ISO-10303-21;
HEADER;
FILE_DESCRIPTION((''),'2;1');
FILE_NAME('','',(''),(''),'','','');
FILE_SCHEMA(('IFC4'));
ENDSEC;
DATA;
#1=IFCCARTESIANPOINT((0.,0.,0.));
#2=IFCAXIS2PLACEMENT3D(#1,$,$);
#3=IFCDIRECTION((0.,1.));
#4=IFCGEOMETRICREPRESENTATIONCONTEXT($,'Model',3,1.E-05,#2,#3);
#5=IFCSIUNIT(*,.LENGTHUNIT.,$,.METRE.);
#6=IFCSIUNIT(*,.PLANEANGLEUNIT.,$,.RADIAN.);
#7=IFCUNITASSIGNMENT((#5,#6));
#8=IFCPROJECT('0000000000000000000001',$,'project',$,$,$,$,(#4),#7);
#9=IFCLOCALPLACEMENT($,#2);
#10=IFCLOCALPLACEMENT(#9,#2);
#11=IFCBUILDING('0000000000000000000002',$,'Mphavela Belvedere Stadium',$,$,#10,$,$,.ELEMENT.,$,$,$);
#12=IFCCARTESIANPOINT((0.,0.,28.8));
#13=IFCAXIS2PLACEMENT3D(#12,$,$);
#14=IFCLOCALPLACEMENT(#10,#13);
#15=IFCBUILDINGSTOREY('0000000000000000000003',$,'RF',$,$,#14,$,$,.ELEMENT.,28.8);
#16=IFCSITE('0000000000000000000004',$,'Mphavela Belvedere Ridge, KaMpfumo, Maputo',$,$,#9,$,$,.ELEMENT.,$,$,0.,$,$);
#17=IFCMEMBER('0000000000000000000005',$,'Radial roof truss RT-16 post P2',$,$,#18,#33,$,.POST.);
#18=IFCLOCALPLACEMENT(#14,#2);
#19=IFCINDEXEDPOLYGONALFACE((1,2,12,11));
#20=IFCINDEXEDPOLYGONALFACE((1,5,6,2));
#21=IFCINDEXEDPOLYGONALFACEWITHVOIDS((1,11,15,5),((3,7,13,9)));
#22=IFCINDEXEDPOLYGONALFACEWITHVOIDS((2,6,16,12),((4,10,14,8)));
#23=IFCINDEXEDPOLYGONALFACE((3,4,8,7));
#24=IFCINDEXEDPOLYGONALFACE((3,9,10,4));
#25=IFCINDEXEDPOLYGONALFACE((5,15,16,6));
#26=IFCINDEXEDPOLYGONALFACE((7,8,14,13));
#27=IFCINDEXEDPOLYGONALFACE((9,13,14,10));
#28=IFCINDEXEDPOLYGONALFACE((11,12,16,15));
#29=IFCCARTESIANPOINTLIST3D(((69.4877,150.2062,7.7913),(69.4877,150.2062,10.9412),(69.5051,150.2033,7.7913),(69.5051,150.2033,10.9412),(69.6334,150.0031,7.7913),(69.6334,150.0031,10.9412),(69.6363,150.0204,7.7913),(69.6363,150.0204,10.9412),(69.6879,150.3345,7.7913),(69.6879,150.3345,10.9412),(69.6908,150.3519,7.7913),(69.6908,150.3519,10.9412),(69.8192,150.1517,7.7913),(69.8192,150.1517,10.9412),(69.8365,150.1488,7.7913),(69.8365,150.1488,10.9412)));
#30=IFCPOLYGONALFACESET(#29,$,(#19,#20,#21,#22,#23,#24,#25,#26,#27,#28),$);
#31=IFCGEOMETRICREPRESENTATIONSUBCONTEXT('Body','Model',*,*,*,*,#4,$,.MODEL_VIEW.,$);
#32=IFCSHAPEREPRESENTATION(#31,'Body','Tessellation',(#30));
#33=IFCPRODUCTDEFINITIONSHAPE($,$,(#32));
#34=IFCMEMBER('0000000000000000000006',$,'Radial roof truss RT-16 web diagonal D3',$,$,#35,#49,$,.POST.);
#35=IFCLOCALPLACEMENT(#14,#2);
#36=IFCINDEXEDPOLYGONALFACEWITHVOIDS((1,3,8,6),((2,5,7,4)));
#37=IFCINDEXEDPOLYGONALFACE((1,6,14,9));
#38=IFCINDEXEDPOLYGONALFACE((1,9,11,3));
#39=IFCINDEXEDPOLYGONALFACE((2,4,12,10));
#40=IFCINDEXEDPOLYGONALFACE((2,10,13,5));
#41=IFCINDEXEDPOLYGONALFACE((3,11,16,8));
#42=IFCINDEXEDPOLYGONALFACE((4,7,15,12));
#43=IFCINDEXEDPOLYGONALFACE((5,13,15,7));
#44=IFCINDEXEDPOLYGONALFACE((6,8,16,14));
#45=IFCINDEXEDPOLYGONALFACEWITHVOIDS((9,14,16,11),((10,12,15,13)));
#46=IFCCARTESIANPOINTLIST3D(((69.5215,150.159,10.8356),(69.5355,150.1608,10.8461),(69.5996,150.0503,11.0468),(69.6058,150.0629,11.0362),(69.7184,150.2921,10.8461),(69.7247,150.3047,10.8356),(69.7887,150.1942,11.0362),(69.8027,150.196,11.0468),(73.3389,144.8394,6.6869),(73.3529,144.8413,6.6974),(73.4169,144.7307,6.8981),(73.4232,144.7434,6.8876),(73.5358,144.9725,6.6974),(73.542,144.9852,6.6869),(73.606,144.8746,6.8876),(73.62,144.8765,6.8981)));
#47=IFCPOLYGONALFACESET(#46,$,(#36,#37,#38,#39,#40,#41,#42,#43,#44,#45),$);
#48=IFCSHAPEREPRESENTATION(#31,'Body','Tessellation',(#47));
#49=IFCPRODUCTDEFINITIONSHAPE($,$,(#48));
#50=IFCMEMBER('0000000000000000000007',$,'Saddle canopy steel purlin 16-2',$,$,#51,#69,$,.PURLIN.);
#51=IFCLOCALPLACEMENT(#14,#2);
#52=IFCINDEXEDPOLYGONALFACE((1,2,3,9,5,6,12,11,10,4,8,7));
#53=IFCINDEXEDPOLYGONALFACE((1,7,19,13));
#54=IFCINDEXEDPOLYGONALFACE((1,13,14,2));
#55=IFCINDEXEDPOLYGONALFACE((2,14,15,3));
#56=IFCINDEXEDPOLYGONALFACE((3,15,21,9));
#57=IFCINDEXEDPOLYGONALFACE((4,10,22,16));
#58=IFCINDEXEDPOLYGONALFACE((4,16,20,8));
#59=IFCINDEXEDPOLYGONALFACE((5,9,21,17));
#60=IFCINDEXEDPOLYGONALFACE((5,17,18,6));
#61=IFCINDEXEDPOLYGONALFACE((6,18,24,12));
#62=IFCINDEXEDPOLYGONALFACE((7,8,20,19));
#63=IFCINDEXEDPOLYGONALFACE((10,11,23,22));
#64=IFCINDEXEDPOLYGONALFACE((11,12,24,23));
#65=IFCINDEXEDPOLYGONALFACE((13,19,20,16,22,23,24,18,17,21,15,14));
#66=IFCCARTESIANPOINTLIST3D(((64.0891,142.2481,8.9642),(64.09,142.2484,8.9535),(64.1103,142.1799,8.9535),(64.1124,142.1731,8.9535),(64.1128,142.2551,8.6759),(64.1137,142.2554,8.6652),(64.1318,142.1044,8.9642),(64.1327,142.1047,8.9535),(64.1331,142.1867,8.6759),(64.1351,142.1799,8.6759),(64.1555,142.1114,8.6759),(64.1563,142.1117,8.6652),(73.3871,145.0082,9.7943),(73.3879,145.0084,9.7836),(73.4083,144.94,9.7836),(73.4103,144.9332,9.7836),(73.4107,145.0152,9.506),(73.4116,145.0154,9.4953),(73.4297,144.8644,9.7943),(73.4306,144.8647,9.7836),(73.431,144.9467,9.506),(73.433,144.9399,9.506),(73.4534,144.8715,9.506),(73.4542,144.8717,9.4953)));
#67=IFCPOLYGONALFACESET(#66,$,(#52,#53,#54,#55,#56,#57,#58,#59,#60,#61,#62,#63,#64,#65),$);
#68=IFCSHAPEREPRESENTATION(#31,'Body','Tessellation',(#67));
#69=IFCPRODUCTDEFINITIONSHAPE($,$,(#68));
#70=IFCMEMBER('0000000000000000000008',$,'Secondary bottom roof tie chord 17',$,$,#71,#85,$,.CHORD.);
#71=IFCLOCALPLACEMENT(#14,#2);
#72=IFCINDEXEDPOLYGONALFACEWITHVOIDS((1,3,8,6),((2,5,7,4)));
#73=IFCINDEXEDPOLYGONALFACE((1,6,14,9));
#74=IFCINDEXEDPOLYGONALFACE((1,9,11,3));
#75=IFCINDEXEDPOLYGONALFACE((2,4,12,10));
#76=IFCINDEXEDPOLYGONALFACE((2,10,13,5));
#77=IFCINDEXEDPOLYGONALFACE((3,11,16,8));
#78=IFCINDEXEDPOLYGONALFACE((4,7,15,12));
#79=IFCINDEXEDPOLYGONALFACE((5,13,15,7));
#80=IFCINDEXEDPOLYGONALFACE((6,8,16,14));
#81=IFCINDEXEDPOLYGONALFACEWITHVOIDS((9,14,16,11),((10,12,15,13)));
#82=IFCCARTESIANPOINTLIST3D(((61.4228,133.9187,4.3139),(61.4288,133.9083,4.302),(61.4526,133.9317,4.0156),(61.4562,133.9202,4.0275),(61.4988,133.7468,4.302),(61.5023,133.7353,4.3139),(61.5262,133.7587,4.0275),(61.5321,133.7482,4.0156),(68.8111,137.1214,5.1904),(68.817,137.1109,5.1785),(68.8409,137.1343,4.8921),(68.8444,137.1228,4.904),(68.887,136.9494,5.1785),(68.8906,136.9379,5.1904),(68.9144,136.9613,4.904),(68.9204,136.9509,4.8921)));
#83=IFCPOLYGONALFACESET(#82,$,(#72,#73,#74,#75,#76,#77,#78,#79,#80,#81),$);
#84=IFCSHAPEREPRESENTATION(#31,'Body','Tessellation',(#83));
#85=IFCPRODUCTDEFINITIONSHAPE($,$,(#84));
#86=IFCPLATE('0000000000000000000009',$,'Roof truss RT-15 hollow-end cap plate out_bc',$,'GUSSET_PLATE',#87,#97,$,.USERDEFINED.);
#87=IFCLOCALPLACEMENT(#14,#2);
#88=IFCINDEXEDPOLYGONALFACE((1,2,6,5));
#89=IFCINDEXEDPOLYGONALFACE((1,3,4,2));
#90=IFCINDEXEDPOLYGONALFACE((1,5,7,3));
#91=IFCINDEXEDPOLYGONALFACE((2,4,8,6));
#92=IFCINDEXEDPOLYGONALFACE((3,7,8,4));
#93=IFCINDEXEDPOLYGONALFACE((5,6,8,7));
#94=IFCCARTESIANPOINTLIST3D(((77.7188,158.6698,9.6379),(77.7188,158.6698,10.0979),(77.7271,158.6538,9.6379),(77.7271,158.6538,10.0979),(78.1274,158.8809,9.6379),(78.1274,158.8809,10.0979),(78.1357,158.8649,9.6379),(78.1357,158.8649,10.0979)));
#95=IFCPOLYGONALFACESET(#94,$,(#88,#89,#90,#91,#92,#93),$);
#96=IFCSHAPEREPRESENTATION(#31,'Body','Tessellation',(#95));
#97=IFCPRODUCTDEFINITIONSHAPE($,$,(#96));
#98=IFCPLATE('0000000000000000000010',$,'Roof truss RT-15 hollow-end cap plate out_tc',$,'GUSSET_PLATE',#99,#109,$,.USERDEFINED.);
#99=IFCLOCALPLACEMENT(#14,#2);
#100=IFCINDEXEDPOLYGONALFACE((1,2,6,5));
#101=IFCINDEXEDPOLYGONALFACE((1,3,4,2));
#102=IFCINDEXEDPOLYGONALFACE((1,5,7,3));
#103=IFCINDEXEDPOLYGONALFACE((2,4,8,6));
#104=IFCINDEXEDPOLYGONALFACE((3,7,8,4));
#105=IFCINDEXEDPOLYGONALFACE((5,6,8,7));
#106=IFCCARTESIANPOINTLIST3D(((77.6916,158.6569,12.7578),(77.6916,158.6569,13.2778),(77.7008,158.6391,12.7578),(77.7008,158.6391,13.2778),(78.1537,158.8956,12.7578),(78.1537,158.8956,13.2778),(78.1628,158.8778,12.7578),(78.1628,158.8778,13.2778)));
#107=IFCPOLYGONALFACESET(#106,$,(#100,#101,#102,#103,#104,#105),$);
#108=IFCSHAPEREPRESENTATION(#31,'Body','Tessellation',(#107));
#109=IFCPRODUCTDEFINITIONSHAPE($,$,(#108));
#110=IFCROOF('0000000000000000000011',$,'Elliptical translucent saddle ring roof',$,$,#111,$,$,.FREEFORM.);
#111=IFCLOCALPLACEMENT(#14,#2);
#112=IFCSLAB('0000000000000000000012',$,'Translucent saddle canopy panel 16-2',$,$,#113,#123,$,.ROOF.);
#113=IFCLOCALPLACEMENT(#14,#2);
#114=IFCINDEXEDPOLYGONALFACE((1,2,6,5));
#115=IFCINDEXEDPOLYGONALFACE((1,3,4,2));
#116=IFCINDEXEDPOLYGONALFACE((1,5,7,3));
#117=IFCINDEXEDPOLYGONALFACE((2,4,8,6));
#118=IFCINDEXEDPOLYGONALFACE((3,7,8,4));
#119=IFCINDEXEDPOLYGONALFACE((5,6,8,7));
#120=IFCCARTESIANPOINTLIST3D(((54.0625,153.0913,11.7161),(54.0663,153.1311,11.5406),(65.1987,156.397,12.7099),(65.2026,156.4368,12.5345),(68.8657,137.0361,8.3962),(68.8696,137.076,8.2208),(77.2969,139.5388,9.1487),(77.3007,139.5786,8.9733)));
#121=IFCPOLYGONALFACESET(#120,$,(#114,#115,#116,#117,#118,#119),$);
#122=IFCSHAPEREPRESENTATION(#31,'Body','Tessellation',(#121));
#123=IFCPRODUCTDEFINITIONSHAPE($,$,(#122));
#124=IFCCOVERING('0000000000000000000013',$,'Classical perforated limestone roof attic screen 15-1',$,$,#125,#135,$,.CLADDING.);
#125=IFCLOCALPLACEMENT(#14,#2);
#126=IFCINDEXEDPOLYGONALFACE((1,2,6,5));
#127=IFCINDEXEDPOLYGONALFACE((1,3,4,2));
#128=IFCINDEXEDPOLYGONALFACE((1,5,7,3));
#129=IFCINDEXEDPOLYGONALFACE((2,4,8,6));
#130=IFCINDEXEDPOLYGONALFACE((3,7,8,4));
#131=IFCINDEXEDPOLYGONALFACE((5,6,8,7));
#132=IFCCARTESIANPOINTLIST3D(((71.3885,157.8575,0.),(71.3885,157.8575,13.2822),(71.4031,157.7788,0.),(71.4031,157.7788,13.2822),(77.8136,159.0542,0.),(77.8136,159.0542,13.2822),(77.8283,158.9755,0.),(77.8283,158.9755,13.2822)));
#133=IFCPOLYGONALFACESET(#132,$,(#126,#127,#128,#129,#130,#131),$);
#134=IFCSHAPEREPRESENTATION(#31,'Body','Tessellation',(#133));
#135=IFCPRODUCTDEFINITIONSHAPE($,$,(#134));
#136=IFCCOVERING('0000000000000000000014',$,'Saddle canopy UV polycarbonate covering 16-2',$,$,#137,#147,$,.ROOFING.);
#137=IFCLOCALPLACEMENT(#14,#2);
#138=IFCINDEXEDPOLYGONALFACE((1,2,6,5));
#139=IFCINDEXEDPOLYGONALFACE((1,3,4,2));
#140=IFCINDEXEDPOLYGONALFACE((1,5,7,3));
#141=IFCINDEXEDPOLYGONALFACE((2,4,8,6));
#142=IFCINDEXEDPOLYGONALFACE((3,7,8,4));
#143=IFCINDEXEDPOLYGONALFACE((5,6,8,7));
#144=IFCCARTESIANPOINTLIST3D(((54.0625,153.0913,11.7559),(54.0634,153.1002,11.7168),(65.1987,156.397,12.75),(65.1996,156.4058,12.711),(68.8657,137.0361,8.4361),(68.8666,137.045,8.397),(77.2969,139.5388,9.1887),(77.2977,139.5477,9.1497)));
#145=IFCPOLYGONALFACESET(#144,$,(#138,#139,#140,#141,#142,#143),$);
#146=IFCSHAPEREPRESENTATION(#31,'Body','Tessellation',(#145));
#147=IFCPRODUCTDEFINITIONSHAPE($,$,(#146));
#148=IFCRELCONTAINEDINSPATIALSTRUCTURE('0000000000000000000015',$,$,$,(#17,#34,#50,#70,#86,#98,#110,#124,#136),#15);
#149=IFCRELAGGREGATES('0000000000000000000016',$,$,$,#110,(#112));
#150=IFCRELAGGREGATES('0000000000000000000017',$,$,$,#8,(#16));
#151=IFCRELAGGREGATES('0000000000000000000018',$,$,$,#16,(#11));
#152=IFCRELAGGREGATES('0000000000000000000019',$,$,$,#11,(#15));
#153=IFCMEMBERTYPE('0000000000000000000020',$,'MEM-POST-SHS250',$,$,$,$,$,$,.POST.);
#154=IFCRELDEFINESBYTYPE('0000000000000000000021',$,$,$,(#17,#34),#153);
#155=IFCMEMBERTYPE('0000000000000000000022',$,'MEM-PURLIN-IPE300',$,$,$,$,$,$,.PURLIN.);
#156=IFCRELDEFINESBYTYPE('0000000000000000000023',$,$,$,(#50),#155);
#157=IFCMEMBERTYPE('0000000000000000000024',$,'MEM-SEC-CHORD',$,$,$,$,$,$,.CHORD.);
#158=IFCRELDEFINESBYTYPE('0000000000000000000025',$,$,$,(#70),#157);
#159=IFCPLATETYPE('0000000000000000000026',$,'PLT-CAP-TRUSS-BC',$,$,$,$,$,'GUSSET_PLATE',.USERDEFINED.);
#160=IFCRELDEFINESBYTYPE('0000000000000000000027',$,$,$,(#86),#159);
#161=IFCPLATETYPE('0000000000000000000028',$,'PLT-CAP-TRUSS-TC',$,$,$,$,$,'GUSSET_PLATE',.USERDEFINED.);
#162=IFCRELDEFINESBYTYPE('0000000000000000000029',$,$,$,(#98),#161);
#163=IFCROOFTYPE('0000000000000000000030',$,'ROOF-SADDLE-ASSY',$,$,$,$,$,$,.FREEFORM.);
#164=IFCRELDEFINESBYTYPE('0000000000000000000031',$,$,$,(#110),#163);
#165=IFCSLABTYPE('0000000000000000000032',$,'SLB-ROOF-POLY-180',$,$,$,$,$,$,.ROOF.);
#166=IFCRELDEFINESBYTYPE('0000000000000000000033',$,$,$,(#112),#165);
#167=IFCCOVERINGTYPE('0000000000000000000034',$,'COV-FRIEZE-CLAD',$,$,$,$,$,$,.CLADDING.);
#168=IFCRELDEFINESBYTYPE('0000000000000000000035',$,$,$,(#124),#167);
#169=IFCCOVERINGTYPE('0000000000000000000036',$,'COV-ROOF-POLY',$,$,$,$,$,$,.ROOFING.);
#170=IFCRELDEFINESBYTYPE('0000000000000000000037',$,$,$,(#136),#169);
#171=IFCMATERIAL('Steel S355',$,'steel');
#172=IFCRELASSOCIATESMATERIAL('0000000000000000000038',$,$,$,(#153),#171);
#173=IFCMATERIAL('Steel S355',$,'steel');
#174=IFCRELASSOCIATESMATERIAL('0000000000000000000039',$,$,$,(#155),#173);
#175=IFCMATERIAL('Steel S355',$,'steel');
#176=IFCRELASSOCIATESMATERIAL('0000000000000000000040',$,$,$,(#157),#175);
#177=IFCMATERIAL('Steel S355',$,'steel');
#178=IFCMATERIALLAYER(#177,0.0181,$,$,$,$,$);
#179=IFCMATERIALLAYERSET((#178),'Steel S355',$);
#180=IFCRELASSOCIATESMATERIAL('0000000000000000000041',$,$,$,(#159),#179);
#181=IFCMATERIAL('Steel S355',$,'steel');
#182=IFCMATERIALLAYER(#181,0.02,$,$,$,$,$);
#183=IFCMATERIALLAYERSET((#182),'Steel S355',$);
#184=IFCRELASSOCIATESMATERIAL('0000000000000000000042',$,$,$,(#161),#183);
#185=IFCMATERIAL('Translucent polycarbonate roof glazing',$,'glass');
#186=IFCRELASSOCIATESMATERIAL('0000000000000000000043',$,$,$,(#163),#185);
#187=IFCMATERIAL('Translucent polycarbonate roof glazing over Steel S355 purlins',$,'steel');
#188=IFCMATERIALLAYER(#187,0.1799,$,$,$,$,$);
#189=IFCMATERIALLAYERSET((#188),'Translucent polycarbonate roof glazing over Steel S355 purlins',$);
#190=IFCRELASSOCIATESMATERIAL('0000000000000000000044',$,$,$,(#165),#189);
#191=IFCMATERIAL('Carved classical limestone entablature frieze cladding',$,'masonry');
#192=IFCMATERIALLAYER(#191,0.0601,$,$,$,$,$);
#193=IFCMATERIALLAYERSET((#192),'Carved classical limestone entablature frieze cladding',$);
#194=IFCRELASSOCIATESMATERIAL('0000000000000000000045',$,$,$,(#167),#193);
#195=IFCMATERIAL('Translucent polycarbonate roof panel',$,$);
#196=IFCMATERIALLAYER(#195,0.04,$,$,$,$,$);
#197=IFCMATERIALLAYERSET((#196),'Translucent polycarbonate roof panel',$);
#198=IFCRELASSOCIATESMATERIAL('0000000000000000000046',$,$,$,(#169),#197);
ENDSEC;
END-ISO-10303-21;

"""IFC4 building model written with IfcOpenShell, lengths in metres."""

from ifc_helpers import new_model, si_unit, direction, frame, origin, origin_2d, place, context, subcontext, project, spatial, polyline, rectangle, hollow_rectangle, i_section, outline, extrude, material, layer, layer_set, material_profile, profile_set, type_object, element, aggregate, save


model = new_model("IFC4")

# Units and contexts
model_context = context("Model", 3, precision=1e-05, world=origin(), true_north=direction((0.0, 1.0)))
body_context = subcontext(model_context, "Body", "Model", "MODEL_VIEW")
ifc_project = project(units=[si_unit("LENGTHUNIT", "METRE"), si_unit("PLANEANGLEUNIT", "RADIAN")], contexts=[model_context])

# Site, building, storey
site_placement = place(None, origin())
site = spatial("IfcSite", under=ifc_project, at=site_placement, Name="Mphavela Belvedere Ridge, KaMpfumo, Maputo", CompositionType="ELEMENT", RefElevation=0.0)
building_placement = place(site_placement, origin())
building = spatial("IfcBuilding", under=site, at=building_placement, Name="Mphavela Belvedere Stadium", CompositionType="ELEMENT")
storey_placement = place(building_placement, frame((0.0, 0.0, 28.8)))
storey = spatial("IfcBuildingStorey", under=building, at=storey_placement, Name="RF", CompositionType="ELEMENT", Elevation=28.8)

# Members
ifc_material_1 = material(Name="Steel S355", Category="steel")
ifc_material_profile_1 = material_profile(ifc_material_1, hollow_rectangle(XDim=0.25, YDim=0.25, WallThickness=0.0125, at=origin_2d()), Name="SHS 250x250x12.5")
ifc_profile_set_1 = profile_set([ifc_material_profile_1], Name="Steel S355")
member_type_1 = type_object("IfcMemberType", Name="MEM-POST-SHS250", PredefinedType="POST", material=ifc_profile_set_1)
member_1_placement = place(storey_placement, frame((69.6621, 150.1775, 7.7913), z_axis=(0.0, 0.0, 1.0), x_axis=(-0.582974, 0.812491, 0.0)))
element("IfcMember", 1, at=member_1_placement, inside=storey, type_object=member_type_1, Name="Radial roof truss RT-16 post P2", PredefinedType="POST", context=body_context, shape_type="SweptSolid", body=[
    extrude(hollow_rectangle(XDim=0.25, YDim=0.25, WallThickness=0.0125, at=origin_2d()), origin(), (0.0, 0.0, 1.0), 3.1499),
])
member_2_placement = place(storey_placement, frame((69.6621, 150.1775, 10.9412), z_axis=(0.492486, -0.686287, -0.535227), x_axis=(0.812454, 0.583025, 0.0)))
element("IfcMember", 2, at=member_2_placement, inside=storey, type_object=member_type_1, Name="Radial roof truss RT-16 web diagonal D3", PredefinedType="POST", context=body_context, shape_type="SweptSolid", body=[
    extrude(hollow_rectangle(XDim=0.25, YDim=0.25, WallThickness=0.0125, at=origin_2d()), origin(), (0.0, 0.0, 1.0), 7.7512),
])
ifc_material_2 = material(Name="Steel S355", Category="steel")
ifc_material_profile_2 = material_profile(ifc_material_2, i_section(OverallWidth=0.1499, OverallDepth=0.3, WebThickness=0.0071, FlangeThickness=0.0107, at=origin_2d()), Name="IPE 300")
ifc_profile_set_2 = profile_set([ifc_material_profile_2], Name="Steel S355")
member_type_2 = type_object("IfcMemberType", Name="MEM-PURLIN-IPE300", PredefinedType="PURLIN", material=ifc_profile_set_2)
member_3_placement = place(storey_placement, frame((73.4207, 144.9399, 9.6448), z_axis=(-0.955163, -0.283534, -0.085273), x_axis=(0.284571, -0.958655, 0.0)))
element("IfcMember", 3, at=member_3_placement, inside=storey, type_object=member_type_2, Name="Saddle canopy steel purlin 16-2", PredefinedType="PURLIN", context=body_context, shape_type="SweptSolid", body=[
    extrude(i_section(OverallWidth=0.1499, OverallDepth=0.3, WebThickness=0.0071, FlangeThickness=0.0107, at=origin_2d()), origin(), (0.0, 0.0, 1.0), 9.7344),
])
ifc_material_3 = material(Name="Steel S355", Category="steel")
ifc_material_profile_3 = material_profile(ifc_material_3, hollow_rectangle(XDim=0.2, YDim=0.3, WallThickness=0.012, at=origin_2d()), Name="RHS 300x200x12")
ifc_profile_set_3 = profile_set([ifc_material_profile_3], Name="Steel S355")
member_type_3 = type_object("IfcMemberType", Name="MEM-SEC-CHORD", PredefinedType="CHORD", material=ifc_profile_set_3)
member_4_placement = place(storey_placement, frame((68.8657, 137.0361, 5.0413), z_axis=(-0.912119, -0.395386, -0.108205), x_axis=(0.397721, -0.917506, 0.0)))
element("IfcMember", 4, at=member_4_placement, inside=storey, type_object=member_type_3, Name="Secondary bottom roof tie chord 17", PredefinedType="CHORD", context=body_context, shape_type="SweptSolid", body=[
    extrude(hollow_rectangle(XDim=0.2, YDim=0.3, WallThickness=0.012, at=origin_2d()), origin(), (0.0, 0.0, 1.0), 8.1001),
])

# Plates
ifc_material_4 = material(Name="Steel S355", Category="steel")
ifc_layer_1 = layer(ifc_material_4, 0.0181)
ifc_layer_set_1 = layer_set([ifc_layer_1], Name="Steel S355")
plate_type_1 = type_object("IfcPlateType", Name="PLT-CAP-TRUSS-BC", ElementType="GUSSET_PLATE", PredefinedType="USERDEFINED", material=ifc_layer_set_1)
plate_1_placement = place(storey_placement, frame((77.9272, 158.7673, 9.6379), z_axis=(0.0, 0.0, 1.0), x_axis=(-0.45896, 0.888457, 0.0)))
element("IfcPlate", 5, at=plate_1_placement, inside=storey, type_object=plate_type_1, Name="Roof truss RT-15 hollow-end cap plate out_bc", ObjectType="GUSSET_PLATE", PredefinedType="USERDEFINED", context=body_context, shape_type="SweptSolid", body=[
    extrude(rectangle(XDim=0.0181, YDim=0.46, at=origin_2d()), origin(), (0.0, 0.0, 1.0), 0.46),
])
ifc_material_5 = material(Name="Steel S355", Category="steel")
ifc_layer_2 = layer(ifc_material_5, 0.02)
ifc_layer_set_2 = layer_set([ifc_layer_2], Name="Steel S355")
plate_type_2 = type_object("IfcPlateType", Name="PLT-CAP-TRUSS-TC", ElementType="GUSSET_PLATE", PredefinedType="USERDEFINED", material=ifc_layer_set_2)
plate_2_placement = place(storey_placement, frame((77.9272, 158.7673, 12.7578), z_axis=(0.0, 0.0, 1.0), x_axis=(-0.45896, 0.888457, 0.0)))
element("IfcPlate", 6, at=plate_2_placement, inside=storey, type_object=plate_type_2, Name="Roof truss RT-15 hollow-end cap plate out_tc", ObjectType="GUSSET_PLATE", PredefinedType="USERDEFINED", context=body_context, shape_type="SweptSolid", body=[
    extrude(rectangle(XDim=0.02, YDim=0.52, at=origin_2d()), origin(), (0.0, 0.0, 1.0), 0.52),
])

# Roof, slab
ifc_material_6 = material(Name="Translucent polycarbonate roof glazing", Category="glass")
roof_type = type_object("IfcRoofType", Name="ROOF-SADDLE-ASSY", PredefinedType="FREEFORM", material=ifc_material_6)
roof_placement = place(storey_placement, origin())
roof = element("IfcRoof", 7, at=roof_placement, inside=storey, type_object=roof_type, Name="Elliptical translucent saddle ring roof", PredefinedType="FREEFORM")
ifc_material_7 = material(Name="Translucent polycarbonate roof glazing over Steel S355 purlins", Category="steel")
ifc_layer_3 = layer(ifc_material_7, 0.1799)
ifc_layer_set_3 = layer_set([ifc_layer_3], Name="Translucent polycarbonate roof glazing over Steel S355 purlins")
slab_type = type_object("IfcSlabType", Name="SLB-ROOF-POLY-180", PredefinedType="ROOF", material=ifc_layer_set_3)
slab_1_placement = place(storey_placement, frame((77.2969, 139.5388, 9.1487), z_axis=(-0.021332, -0.221272, 0.974979), x_axis=(-0.955167, -0.283529, -0.085246)))
slab_1 = element("IfcSlab", 8, at=slab_1_placement, type_object=slab_type, Name="Translucent saddle canopy panel 16-2", PredefinedType="ROOF", context=body_context, shape_type="SweptSolid", body=[
    extrude(outline(polyline([(0.0, 0.0), (8.8269, 0.0), (18.1313, -20.0338), (6.4724, -20.0338), (0.0, 0.0)])), origin(), (0.0, 0.0, -1.0), 0.1799),
])
aggregate(roof, [slab_1])

# Coverings
ifc_material_8 = material(Name="Carved classical limestone entablature frieze cladding", Category="masonry")
ifc_layer_4 = layer(ifc_material_8, 0.0601)
ifc_layer_set_4 = layer_set([ifc_layer_4], Name="Carved classical limestone entablature frieze cladding")
covering_type_1 = type_object("IfcCoveringType", Name="COV-FRIEZE-CLAD", PredefinedType="CLADDING", material=ifc_layer_set_4)
covering_1_placement = place(storey_placement, frame((74.6084, 158.4165, 0.0), z_axis=(0.0, 0.0, 1.0), x_axis=(-0.983096, -0.183094, 0.0)))
element("IfcCovering", 9, at=covering_1_placement, inside=storey, type_object=covering_type_1, Name="Classical perforated limestone roof attic screen 15-1", PredefinedType="CLADDING", context=body_context, shape_type="SweptSolid", body=[
    extrude(rectangle(XDim=6.5356, YDim=0.0801, at=origin_2d()), origin(), (0.0, 0.0, 1.0), 13.2822),
])
ifc_material_9 = material(Name="Translucent polycarbonate roof panel")
ifc_layer_5 = layer(ifc_material_9, 0.04)
ifc_layer_set_5 = layer_set([ifc_layer_5], Name="Translucent polycarbonate roof panel")
covering_type_2 = type_object("IfcCoveringType", Name="COV-ROOF-POLY", PredefinedType="ROOFING", material=ifc_layer_set_5)
covering_2_placement = place(storey_placement, frame((77.2969, 139.5388, 9.1887), z_axis=(-0.021352, -0.221287, 0.974975), x_axis=(-0.955165, -0.28353, -0.08527)))
element("IfcCovering", 10, at=covering_2_placement, inside=storey, type_object=covering_type_2, Name="Saddle canopy UV polycarbonate covering 16-2", PredefinedType="ROOFING", context=body_context, shape_type="SweptSolid", body=[
    extrude(outline(polyline([(0.0, 0.0), (8.8269, 0.0), (18.1312, -20.0338), (6.4723, -20.0338), (0.0, 0.0)])), origin(), (0.0, 0.0, -1.0), 0.04),
])

save(model, "model.ifc")
